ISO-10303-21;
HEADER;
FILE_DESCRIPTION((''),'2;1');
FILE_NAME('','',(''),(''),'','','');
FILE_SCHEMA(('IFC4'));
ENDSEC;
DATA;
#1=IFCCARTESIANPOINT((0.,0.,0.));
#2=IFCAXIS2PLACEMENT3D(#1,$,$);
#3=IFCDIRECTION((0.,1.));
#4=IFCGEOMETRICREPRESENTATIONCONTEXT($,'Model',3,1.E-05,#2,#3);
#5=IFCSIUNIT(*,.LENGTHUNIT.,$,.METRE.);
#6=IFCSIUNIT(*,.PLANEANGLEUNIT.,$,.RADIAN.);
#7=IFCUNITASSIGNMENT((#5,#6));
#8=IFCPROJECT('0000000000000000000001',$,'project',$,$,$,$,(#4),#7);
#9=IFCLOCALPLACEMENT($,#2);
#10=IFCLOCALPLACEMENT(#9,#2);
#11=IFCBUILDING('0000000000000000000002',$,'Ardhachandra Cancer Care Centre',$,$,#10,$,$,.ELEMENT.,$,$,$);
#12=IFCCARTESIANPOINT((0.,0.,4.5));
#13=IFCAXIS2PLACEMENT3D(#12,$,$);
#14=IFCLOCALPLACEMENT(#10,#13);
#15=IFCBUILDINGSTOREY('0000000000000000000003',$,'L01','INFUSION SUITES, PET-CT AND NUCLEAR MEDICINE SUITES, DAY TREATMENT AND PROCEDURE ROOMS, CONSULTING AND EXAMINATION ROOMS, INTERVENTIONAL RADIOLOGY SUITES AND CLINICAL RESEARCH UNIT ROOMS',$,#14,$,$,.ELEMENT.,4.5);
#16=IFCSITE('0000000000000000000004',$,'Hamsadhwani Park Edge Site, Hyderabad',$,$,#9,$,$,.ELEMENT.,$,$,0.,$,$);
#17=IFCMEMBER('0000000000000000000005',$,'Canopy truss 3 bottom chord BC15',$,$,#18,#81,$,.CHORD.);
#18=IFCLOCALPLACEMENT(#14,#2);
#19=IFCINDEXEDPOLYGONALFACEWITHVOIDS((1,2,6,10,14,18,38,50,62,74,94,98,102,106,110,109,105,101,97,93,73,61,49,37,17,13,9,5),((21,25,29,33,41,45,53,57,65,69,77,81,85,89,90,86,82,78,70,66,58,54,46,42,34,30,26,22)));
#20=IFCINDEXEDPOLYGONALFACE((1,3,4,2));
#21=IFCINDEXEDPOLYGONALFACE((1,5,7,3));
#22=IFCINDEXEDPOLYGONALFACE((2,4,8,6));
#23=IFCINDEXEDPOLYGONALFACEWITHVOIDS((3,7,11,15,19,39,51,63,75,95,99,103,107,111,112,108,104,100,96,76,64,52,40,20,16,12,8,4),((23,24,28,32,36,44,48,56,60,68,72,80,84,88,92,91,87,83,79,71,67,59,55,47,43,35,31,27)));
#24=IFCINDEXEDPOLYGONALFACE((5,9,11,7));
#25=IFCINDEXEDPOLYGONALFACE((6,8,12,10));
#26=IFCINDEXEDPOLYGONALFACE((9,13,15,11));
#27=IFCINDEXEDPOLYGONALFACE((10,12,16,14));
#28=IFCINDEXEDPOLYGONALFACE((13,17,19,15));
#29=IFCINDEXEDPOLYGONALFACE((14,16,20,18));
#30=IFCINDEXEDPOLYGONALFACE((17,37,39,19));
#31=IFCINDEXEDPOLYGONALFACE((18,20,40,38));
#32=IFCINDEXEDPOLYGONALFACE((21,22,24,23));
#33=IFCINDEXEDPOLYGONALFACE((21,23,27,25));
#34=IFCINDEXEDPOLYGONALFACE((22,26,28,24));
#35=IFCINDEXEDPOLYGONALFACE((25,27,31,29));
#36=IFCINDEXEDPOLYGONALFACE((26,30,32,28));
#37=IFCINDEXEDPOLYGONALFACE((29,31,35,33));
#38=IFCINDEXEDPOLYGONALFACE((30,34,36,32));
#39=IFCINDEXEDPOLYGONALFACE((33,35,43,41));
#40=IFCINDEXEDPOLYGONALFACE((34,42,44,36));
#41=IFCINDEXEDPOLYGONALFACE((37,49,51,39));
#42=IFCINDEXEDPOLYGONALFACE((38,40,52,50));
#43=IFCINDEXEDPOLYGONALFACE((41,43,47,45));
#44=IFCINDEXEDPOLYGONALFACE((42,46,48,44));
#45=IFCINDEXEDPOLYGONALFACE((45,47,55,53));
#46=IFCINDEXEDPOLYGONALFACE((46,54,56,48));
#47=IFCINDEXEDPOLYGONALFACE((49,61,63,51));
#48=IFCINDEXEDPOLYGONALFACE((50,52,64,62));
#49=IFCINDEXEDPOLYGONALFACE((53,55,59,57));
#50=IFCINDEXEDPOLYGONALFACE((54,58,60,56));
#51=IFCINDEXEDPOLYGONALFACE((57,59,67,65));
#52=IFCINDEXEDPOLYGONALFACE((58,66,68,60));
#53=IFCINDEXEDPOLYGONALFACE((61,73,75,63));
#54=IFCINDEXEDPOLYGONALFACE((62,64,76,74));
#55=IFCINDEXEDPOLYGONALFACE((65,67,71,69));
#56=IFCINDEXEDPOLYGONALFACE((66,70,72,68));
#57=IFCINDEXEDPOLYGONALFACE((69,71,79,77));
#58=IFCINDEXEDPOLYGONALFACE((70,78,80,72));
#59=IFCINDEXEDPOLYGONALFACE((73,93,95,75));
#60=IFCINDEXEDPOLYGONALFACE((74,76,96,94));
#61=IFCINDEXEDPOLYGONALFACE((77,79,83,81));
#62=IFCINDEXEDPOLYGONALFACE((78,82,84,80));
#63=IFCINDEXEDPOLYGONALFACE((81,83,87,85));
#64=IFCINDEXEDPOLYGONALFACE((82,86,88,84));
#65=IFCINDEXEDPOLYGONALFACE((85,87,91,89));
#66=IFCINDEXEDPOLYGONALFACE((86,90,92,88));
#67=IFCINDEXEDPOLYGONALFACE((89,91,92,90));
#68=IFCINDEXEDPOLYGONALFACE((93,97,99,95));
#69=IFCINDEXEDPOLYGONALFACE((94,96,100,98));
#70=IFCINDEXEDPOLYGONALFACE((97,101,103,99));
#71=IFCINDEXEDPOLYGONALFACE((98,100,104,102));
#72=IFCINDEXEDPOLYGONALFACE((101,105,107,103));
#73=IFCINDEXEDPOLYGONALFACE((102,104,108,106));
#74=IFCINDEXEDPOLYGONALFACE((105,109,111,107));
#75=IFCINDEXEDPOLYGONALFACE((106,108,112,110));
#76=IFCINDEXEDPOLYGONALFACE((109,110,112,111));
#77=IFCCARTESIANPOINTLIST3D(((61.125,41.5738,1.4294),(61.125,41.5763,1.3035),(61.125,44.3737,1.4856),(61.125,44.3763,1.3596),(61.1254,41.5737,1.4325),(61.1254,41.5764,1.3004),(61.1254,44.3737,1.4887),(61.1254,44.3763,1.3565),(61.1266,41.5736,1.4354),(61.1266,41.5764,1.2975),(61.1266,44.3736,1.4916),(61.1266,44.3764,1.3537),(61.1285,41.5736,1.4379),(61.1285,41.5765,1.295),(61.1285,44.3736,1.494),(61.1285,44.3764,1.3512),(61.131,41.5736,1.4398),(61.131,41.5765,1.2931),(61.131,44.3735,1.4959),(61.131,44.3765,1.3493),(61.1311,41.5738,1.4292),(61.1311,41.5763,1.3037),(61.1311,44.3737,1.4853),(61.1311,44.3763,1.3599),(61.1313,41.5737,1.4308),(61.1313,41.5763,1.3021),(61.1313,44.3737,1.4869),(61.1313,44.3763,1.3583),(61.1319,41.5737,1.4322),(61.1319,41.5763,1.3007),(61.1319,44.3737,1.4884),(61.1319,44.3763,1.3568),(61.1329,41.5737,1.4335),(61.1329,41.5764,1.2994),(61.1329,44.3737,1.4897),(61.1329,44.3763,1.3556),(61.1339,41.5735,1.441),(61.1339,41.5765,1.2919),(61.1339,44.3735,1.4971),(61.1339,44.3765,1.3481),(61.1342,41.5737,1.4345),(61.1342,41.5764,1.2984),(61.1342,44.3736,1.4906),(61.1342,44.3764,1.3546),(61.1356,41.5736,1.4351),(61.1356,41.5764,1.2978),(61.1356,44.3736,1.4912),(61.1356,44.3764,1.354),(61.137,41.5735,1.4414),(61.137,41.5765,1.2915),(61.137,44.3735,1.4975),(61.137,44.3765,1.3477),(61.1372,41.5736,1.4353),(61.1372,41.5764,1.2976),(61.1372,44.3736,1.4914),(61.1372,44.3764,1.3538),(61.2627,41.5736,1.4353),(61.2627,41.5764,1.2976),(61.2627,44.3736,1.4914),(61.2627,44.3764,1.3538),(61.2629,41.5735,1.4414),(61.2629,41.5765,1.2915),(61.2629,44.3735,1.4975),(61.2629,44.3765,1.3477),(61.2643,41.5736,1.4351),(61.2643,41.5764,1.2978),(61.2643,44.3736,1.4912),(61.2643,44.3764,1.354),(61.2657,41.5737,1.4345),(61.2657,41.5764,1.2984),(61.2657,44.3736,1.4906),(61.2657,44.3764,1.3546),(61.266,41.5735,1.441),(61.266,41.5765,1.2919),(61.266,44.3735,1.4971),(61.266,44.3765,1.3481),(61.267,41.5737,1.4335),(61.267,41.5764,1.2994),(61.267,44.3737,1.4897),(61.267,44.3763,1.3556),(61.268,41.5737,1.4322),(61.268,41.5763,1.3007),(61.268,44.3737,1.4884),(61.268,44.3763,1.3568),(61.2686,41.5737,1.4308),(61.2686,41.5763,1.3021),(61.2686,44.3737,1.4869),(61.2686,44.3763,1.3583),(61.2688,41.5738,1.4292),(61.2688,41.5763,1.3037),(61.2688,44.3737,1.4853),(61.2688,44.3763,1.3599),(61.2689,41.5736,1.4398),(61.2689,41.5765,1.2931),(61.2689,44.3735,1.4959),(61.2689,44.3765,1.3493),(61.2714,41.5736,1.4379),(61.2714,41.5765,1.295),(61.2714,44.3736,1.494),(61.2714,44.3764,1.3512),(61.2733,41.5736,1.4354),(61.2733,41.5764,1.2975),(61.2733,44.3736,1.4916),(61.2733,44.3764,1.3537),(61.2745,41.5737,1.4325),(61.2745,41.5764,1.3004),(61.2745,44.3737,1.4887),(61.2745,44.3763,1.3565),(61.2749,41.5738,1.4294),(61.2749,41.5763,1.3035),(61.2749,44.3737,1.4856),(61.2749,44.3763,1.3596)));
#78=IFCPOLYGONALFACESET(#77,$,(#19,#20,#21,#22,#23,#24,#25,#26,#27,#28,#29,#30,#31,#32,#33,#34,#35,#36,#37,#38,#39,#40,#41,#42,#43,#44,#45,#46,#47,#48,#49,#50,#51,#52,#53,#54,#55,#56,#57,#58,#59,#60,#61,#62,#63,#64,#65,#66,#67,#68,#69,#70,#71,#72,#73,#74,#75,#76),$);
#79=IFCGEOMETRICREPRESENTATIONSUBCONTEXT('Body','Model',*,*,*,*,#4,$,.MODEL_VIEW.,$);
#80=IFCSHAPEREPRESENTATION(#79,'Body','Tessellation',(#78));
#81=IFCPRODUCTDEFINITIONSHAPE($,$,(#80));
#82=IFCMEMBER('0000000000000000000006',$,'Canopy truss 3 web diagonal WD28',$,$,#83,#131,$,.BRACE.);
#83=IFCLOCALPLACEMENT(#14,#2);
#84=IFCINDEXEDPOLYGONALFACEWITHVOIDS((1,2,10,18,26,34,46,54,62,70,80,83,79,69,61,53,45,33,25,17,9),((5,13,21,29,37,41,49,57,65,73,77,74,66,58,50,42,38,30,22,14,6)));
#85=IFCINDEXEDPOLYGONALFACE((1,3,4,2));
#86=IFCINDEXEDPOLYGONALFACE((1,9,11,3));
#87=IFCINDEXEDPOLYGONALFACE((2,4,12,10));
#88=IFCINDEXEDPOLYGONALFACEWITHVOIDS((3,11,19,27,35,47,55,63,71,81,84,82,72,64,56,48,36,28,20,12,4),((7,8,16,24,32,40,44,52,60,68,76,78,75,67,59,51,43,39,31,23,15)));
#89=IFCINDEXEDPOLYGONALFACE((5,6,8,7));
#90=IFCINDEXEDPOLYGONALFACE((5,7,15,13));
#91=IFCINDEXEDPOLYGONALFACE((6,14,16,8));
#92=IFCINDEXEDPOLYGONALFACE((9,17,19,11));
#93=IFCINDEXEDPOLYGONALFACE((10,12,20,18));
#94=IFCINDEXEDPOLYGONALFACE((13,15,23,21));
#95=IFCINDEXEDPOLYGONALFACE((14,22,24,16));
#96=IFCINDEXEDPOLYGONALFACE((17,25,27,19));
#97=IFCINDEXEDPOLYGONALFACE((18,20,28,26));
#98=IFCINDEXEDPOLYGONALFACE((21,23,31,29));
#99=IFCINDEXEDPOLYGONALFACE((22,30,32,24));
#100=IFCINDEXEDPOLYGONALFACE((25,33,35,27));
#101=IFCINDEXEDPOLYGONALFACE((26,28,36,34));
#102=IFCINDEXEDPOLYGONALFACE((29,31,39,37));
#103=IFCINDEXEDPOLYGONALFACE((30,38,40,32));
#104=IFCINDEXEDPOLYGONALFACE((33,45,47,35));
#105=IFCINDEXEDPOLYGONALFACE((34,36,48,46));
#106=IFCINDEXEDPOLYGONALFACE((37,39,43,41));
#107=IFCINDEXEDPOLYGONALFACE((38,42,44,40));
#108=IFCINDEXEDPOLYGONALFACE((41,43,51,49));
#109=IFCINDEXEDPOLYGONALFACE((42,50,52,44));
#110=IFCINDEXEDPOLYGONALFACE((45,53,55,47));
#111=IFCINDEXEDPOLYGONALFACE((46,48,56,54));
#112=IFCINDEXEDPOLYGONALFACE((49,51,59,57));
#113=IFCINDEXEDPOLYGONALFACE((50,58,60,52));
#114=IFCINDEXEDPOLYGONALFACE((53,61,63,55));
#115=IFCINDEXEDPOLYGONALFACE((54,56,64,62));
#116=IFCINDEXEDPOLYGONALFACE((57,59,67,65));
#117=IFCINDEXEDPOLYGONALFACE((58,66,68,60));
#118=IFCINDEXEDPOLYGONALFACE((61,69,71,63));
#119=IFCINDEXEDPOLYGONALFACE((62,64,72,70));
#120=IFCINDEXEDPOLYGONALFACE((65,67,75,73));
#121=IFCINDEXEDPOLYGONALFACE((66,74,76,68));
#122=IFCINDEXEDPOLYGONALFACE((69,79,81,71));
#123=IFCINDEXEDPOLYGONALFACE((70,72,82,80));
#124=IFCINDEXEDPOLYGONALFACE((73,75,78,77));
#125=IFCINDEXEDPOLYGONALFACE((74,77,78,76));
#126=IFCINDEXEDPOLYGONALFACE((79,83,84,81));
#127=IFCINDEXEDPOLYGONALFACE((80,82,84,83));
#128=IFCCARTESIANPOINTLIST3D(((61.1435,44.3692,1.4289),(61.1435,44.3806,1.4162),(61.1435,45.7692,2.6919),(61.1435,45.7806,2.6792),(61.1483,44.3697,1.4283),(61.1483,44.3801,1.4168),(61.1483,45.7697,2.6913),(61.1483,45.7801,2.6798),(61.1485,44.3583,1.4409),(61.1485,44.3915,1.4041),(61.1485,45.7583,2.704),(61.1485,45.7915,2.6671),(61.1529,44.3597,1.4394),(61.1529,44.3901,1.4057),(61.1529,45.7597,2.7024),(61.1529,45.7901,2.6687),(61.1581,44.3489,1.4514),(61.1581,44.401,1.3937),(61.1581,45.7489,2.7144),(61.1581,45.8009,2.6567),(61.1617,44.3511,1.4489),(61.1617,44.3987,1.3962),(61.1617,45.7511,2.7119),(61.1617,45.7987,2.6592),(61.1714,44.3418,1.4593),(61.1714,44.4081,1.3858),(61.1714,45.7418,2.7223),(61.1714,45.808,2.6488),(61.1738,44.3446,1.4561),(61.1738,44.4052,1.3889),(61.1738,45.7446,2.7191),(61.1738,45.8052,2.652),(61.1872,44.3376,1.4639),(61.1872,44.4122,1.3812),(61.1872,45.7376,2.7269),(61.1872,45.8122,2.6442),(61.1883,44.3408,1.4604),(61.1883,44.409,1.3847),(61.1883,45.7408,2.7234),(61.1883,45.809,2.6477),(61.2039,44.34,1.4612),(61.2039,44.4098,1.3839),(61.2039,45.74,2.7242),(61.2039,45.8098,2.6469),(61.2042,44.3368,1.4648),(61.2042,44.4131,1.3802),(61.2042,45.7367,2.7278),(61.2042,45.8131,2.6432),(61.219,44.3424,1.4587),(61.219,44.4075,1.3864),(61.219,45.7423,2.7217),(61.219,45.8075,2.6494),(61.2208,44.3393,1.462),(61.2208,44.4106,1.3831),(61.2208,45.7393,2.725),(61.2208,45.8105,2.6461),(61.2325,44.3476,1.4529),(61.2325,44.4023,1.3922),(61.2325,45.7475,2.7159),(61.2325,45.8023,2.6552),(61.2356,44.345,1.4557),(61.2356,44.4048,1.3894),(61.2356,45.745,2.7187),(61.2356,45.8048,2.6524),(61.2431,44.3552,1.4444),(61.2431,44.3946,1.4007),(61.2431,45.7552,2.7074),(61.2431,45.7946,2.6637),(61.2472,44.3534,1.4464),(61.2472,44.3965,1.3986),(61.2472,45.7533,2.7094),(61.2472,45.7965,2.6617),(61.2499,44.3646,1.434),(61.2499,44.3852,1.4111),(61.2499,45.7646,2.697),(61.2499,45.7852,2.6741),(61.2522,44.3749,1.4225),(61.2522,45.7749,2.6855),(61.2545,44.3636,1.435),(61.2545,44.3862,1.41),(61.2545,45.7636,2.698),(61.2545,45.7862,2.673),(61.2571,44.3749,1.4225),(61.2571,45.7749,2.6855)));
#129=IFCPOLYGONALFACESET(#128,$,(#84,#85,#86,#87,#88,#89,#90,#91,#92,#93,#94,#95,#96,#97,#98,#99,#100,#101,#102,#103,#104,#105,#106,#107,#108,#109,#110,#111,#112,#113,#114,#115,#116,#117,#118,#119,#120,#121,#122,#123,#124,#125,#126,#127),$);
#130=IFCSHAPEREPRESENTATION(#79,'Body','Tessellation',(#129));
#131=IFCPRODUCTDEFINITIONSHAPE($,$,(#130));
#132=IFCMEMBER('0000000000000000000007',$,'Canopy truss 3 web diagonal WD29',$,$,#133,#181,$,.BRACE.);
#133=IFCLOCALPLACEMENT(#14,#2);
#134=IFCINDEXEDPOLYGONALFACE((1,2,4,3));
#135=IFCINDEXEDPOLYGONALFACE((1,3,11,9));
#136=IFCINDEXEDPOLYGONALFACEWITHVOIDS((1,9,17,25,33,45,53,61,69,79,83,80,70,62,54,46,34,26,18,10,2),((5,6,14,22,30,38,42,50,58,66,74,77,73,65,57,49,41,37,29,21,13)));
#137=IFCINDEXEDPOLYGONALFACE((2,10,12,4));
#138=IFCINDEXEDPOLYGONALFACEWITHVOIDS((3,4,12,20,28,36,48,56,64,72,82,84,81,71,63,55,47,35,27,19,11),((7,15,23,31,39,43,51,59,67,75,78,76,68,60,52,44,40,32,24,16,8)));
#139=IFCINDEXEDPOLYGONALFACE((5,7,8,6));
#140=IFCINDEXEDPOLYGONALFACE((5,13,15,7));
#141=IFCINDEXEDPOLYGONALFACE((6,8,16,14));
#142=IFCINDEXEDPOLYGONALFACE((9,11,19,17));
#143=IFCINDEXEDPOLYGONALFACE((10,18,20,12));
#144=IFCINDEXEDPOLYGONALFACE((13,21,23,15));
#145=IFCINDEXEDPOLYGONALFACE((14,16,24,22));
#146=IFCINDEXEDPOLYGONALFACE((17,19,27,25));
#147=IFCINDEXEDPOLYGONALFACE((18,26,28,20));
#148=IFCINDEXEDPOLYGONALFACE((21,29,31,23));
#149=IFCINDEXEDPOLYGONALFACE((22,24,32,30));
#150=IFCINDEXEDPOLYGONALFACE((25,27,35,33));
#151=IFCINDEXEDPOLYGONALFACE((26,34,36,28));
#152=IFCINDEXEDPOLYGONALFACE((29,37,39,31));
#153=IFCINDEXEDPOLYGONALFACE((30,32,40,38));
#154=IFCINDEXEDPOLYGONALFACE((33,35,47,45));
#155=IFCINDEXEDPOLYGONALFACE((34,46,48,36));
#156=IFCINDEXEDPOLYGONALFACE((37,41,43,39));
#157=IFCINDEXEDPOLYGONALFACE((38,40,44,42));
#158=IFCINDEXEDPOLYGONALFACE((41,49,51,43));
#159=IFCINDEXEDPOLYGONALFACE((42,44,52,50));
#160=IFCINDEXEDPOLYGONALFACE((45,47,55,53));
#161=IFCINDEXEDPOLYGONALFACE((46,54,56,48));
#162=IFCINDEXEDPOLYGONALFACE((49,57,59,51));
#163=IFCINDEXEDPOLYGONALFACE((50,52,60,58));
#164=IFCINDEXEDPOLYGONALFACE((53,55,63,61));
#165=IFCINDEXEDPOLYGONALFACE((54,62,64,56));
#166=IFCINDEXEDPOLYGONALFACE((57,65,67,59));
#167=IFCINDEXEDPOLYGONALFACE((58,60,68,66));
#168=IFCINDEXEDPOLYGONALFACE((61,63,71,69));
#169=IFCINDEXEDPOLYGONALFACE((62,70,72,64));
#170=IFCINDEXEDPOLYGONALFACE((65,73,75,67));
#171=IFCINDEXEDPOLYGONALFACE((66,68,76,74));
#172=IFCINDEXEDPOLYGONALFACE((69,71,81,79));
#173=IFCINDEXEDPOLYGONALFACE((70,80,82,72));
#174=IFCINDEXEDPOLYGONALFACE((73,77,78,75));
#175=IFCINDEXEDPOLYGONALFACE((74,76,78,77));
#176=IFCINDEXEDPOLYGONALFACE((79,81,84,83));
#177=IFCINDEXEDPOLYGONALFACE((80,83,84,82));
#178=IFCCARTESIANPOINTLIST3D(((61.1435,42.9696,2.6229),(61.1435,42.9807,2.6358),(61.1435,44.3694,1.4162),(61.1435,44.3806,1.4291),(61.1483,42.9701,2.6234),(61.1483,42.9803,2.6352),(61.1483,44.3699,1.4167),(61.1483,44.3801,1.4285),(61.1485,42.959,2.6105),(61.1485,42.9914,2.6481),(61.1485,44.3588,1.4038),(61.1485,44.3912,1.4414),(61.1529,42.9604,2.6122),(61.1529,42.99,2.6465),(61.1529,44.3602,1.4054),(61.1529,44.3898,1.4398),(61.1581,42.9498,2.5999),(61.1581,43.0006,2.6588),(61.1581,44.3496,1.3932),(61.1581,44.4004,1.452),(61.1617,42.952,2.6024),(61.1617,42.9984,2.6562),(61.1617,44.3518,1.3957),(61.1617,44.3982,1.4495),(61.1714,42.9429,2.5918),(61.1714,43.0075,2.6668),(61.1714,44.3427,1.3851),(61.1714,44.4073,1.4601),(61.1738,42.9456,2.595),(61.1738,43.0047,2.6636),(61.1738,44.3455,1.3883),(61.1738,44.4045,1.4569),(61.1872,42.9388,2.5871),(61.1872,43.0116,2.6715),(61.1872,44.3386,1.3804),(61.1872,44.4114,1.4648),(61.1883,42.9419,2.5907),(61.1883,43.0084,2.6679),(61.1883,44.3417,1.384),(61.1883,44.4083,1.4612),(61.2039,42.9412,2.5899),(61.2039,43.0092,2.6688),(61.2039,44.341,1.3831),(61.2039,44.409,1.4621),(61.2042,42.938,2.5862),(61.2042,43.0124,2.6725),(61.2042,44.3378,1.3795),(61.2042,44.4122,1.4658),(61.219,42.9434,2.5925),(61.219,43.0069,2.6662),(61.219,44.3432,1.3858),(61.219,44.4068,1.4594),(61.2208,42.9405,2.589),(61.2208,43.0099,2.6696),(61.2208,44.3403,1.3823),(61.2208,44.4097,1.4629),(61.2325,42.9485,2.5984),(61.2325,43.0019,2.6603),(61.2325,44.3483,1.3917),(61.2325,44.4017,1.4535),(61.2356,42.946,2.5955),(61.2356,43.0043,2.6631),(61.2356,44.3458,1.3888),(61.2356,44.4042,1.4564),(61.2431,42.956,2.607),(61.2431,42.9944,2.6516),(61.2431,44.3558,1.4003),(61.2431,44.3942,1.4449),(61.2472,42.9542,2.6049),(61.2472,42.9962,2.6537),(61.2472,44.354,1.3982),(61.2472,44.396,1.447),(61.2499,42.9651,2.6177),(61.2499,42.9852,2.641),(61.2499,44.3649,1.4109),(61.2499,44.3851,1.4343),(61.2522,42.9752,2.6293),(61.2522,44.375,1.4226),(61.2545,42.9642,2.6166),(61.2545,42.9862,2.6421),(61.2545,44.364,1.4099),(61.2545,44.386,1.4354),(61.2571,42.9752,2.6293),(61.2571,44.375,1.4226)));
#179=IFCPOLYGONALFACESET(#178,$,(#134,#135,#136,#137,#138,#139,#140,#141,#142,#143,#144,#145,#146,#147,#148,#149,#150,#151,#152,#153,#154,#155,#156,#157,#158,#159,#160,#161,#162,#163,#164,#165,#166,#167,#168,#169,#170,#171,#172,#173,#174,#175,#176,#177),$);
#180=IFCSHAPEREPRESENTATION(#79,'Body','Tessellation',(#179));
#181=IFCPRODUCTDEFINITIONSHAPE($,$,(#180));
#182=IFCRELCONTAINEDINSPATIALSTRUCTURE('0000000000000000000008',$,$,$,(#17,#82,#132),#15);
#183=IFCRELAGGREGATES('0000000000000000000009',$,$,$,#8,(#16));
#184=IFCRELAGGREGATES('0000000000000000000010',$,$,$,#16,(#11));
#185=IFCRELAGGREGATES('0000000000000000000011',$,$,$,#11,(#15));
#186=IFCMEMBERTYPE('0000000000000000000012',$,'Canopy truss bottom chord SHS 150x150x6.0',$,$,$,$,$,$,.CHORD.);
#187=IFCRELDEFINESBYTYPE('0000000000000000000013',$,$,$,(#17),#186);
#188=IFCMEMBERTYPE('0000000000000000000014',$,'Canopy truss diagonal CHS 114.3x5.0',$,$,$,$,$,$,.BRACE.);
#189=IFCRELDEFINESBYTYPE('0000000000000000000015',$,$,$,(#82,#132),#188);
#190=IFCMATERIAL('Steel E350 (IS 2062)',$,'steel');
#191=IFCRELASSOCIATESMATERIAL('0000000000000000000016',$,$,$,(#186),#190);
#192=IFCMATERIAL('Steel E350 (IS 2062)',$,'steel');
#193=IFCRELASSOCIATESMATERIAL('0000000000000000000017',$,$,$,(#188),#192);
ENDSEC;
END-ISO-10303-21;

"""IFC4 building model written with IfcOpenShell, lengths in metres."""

from ifc_helpers import new_model, si_unit, direction, frame, origin, origin_2d, place, context, subcontext, project, spatial, hollow_rectangle, hollow_circle, extrude, material, material_profile, profile_set, type_object, element, save


model = new_model("IFC4")

# Units and contexts
model_context = context("Model", 3, precision=1e-05, world=origin(), true_north=direction((0.0, 1.0)))
body_context = subcontext(model_context, "Body", "Model", "MODEL_VIEW")
ifc_project = project(units=[si_unit("LENGTHUNIT", "METRE"), si_unit("PLANEANGLEUNIT", "RADIAN")], contexts=[model_context])

# Site, building, storey
site_placement = place(None, origin())
site = spatial("IfcSite", under=ifc_project, at=site_placement, Name="Hamsadhwani Park Edge Site, Hyderabad", CompositionType="ELEMENT", RefElevation=0.0)
building_placement = place(site_placement, origin())
building = spatial("IfcBuilding", under=site, at=building_placement, Name="Ardhachandra Cancer Care Centre", CompositionType="ELEMENT")
storey_placement = place(building_placement, frame((0.0, 0.0, 4.5)))
storey = spatial("IfcBuildingStorey", under=building, at=storey_placement, Name="L01", Description="INFUSION SUITES, PET-CT AND NUCLEAR MEDICINE SUITES, DAY TREATMENT AND PROCEDURE ROOMS, CONSULTING AND EXAMINATION ROOMS, INTERVENTIONAL RADIOLOGY SUITES AND CLINICAL RESEARCH UNIT ROOMS", CompositionType="ELEMENT", Elevation=4.5)

# Members
ifc_material_1 = material(Name="Steel E350 (IS 2062)", Category="steel")
ifc_material_profile_1 = material_profile(ifc_material_1, hollow_rectangle(XDim=0.1499, YDim=0.1499, WallThickness=0.0061, InnerFilletRadius=0.0061, OuterFilletRadius=0.012, at=origin_2d()), Name="SHS 150x150x6.0")
ifc_profile_set_1 = profile_set([ifc_material_profile_1], Name="Steel E350 (IS 2062)")
member_type_1 = type_object("IfcMemberType", Name="Canopy truss bottom chord SHS 150x150x6.0", PredefinedType="CHORD", material=ifc_profile_set_1)
member_1_placement = place(storey_placement, frame((61.2, 44.375, 1.4226), z_axis=(0.0, -0.999799, -0.02005), x_axis=(1.0, 0.0, 0.0)))
element("IfcMember", 1, at=member_1_placement, inside=storey, type_object=member_type_1, Name="Canopy truss 3 bottom chord BC15", PredefinedType="CHORD", context=body_context, shape_type="SweptSolid", body=[
    extrude(hollow_rectangle(XDim=0.1499, YDim=0.1499, WallThickness=0.0061, InnerFilletRadius=0.0061, OuterFilletRadius=0.012, at=origin_2d()), origin(), (0.0, 0.0, 1.0), 2.8005),
])
ifc_material_2 = material(Name="Steel E350 (IS 2062)", Category="steel")
ifc_material_profile_2 = material_profile(ifc_material_2, hollow_circle(Radius=0.0571, WallThickness=0.0049, at=origin_2d()), Name="CHS 114.3x5.0")
ifc_profile_set_2 = profile_set([ifc_material_profile_2], Name="Steel E350 (IS 2062)")
member_type_2 = type_object("IfcMemberType", Name="Canopy truss diagonal CHS 114.3x5.0", PredefinedType="BRACE", material=ifc_profile_set_2)
member_2_placement = place(storey_placement, frame((61.2, 45.7749, 2.6855), z_axis=(0.0, -0.742495, -0.669851), x_axis=(1.0, 0.0, 0.0)))
element("IfcMember", 2, at=member_2_placement, inside=storey, type_object=member_type_2, Name="Canopy truss 3 web diagonal WD28", PredefinedType="BRACE", context=body_context, shape_type="SweptSolid", body=[
    extrude(hollow_circle(Radius=0.0571, WallThickness=0.0049, at=origin_2d()), origin(), (0.0, 0.0, 1.0), 1.8855),
])
member_3_placement = place(storey_placement, frame((61.2, 44.375, 1.4226), z_axis=(0.0, -0.757417, 0.652932), x_axis=(1.0, 0.0, 0.0)))
element("IfcMember", 3, at=member_3_placement, inside=storey, type_object=member_type_2, Name="Canopy truss 3 web diagonal WD29", PredefinedType="BRACE", context=body_context, shape_type="SweptSolid", body=[
    extrude(hollow_circle(Radius=0.0571, WallThickness=0.0049, at=origin_2d()), origin(), (0.0, 0.0, 1.0), 1.8481),
])

save(model, "model.ifc")
